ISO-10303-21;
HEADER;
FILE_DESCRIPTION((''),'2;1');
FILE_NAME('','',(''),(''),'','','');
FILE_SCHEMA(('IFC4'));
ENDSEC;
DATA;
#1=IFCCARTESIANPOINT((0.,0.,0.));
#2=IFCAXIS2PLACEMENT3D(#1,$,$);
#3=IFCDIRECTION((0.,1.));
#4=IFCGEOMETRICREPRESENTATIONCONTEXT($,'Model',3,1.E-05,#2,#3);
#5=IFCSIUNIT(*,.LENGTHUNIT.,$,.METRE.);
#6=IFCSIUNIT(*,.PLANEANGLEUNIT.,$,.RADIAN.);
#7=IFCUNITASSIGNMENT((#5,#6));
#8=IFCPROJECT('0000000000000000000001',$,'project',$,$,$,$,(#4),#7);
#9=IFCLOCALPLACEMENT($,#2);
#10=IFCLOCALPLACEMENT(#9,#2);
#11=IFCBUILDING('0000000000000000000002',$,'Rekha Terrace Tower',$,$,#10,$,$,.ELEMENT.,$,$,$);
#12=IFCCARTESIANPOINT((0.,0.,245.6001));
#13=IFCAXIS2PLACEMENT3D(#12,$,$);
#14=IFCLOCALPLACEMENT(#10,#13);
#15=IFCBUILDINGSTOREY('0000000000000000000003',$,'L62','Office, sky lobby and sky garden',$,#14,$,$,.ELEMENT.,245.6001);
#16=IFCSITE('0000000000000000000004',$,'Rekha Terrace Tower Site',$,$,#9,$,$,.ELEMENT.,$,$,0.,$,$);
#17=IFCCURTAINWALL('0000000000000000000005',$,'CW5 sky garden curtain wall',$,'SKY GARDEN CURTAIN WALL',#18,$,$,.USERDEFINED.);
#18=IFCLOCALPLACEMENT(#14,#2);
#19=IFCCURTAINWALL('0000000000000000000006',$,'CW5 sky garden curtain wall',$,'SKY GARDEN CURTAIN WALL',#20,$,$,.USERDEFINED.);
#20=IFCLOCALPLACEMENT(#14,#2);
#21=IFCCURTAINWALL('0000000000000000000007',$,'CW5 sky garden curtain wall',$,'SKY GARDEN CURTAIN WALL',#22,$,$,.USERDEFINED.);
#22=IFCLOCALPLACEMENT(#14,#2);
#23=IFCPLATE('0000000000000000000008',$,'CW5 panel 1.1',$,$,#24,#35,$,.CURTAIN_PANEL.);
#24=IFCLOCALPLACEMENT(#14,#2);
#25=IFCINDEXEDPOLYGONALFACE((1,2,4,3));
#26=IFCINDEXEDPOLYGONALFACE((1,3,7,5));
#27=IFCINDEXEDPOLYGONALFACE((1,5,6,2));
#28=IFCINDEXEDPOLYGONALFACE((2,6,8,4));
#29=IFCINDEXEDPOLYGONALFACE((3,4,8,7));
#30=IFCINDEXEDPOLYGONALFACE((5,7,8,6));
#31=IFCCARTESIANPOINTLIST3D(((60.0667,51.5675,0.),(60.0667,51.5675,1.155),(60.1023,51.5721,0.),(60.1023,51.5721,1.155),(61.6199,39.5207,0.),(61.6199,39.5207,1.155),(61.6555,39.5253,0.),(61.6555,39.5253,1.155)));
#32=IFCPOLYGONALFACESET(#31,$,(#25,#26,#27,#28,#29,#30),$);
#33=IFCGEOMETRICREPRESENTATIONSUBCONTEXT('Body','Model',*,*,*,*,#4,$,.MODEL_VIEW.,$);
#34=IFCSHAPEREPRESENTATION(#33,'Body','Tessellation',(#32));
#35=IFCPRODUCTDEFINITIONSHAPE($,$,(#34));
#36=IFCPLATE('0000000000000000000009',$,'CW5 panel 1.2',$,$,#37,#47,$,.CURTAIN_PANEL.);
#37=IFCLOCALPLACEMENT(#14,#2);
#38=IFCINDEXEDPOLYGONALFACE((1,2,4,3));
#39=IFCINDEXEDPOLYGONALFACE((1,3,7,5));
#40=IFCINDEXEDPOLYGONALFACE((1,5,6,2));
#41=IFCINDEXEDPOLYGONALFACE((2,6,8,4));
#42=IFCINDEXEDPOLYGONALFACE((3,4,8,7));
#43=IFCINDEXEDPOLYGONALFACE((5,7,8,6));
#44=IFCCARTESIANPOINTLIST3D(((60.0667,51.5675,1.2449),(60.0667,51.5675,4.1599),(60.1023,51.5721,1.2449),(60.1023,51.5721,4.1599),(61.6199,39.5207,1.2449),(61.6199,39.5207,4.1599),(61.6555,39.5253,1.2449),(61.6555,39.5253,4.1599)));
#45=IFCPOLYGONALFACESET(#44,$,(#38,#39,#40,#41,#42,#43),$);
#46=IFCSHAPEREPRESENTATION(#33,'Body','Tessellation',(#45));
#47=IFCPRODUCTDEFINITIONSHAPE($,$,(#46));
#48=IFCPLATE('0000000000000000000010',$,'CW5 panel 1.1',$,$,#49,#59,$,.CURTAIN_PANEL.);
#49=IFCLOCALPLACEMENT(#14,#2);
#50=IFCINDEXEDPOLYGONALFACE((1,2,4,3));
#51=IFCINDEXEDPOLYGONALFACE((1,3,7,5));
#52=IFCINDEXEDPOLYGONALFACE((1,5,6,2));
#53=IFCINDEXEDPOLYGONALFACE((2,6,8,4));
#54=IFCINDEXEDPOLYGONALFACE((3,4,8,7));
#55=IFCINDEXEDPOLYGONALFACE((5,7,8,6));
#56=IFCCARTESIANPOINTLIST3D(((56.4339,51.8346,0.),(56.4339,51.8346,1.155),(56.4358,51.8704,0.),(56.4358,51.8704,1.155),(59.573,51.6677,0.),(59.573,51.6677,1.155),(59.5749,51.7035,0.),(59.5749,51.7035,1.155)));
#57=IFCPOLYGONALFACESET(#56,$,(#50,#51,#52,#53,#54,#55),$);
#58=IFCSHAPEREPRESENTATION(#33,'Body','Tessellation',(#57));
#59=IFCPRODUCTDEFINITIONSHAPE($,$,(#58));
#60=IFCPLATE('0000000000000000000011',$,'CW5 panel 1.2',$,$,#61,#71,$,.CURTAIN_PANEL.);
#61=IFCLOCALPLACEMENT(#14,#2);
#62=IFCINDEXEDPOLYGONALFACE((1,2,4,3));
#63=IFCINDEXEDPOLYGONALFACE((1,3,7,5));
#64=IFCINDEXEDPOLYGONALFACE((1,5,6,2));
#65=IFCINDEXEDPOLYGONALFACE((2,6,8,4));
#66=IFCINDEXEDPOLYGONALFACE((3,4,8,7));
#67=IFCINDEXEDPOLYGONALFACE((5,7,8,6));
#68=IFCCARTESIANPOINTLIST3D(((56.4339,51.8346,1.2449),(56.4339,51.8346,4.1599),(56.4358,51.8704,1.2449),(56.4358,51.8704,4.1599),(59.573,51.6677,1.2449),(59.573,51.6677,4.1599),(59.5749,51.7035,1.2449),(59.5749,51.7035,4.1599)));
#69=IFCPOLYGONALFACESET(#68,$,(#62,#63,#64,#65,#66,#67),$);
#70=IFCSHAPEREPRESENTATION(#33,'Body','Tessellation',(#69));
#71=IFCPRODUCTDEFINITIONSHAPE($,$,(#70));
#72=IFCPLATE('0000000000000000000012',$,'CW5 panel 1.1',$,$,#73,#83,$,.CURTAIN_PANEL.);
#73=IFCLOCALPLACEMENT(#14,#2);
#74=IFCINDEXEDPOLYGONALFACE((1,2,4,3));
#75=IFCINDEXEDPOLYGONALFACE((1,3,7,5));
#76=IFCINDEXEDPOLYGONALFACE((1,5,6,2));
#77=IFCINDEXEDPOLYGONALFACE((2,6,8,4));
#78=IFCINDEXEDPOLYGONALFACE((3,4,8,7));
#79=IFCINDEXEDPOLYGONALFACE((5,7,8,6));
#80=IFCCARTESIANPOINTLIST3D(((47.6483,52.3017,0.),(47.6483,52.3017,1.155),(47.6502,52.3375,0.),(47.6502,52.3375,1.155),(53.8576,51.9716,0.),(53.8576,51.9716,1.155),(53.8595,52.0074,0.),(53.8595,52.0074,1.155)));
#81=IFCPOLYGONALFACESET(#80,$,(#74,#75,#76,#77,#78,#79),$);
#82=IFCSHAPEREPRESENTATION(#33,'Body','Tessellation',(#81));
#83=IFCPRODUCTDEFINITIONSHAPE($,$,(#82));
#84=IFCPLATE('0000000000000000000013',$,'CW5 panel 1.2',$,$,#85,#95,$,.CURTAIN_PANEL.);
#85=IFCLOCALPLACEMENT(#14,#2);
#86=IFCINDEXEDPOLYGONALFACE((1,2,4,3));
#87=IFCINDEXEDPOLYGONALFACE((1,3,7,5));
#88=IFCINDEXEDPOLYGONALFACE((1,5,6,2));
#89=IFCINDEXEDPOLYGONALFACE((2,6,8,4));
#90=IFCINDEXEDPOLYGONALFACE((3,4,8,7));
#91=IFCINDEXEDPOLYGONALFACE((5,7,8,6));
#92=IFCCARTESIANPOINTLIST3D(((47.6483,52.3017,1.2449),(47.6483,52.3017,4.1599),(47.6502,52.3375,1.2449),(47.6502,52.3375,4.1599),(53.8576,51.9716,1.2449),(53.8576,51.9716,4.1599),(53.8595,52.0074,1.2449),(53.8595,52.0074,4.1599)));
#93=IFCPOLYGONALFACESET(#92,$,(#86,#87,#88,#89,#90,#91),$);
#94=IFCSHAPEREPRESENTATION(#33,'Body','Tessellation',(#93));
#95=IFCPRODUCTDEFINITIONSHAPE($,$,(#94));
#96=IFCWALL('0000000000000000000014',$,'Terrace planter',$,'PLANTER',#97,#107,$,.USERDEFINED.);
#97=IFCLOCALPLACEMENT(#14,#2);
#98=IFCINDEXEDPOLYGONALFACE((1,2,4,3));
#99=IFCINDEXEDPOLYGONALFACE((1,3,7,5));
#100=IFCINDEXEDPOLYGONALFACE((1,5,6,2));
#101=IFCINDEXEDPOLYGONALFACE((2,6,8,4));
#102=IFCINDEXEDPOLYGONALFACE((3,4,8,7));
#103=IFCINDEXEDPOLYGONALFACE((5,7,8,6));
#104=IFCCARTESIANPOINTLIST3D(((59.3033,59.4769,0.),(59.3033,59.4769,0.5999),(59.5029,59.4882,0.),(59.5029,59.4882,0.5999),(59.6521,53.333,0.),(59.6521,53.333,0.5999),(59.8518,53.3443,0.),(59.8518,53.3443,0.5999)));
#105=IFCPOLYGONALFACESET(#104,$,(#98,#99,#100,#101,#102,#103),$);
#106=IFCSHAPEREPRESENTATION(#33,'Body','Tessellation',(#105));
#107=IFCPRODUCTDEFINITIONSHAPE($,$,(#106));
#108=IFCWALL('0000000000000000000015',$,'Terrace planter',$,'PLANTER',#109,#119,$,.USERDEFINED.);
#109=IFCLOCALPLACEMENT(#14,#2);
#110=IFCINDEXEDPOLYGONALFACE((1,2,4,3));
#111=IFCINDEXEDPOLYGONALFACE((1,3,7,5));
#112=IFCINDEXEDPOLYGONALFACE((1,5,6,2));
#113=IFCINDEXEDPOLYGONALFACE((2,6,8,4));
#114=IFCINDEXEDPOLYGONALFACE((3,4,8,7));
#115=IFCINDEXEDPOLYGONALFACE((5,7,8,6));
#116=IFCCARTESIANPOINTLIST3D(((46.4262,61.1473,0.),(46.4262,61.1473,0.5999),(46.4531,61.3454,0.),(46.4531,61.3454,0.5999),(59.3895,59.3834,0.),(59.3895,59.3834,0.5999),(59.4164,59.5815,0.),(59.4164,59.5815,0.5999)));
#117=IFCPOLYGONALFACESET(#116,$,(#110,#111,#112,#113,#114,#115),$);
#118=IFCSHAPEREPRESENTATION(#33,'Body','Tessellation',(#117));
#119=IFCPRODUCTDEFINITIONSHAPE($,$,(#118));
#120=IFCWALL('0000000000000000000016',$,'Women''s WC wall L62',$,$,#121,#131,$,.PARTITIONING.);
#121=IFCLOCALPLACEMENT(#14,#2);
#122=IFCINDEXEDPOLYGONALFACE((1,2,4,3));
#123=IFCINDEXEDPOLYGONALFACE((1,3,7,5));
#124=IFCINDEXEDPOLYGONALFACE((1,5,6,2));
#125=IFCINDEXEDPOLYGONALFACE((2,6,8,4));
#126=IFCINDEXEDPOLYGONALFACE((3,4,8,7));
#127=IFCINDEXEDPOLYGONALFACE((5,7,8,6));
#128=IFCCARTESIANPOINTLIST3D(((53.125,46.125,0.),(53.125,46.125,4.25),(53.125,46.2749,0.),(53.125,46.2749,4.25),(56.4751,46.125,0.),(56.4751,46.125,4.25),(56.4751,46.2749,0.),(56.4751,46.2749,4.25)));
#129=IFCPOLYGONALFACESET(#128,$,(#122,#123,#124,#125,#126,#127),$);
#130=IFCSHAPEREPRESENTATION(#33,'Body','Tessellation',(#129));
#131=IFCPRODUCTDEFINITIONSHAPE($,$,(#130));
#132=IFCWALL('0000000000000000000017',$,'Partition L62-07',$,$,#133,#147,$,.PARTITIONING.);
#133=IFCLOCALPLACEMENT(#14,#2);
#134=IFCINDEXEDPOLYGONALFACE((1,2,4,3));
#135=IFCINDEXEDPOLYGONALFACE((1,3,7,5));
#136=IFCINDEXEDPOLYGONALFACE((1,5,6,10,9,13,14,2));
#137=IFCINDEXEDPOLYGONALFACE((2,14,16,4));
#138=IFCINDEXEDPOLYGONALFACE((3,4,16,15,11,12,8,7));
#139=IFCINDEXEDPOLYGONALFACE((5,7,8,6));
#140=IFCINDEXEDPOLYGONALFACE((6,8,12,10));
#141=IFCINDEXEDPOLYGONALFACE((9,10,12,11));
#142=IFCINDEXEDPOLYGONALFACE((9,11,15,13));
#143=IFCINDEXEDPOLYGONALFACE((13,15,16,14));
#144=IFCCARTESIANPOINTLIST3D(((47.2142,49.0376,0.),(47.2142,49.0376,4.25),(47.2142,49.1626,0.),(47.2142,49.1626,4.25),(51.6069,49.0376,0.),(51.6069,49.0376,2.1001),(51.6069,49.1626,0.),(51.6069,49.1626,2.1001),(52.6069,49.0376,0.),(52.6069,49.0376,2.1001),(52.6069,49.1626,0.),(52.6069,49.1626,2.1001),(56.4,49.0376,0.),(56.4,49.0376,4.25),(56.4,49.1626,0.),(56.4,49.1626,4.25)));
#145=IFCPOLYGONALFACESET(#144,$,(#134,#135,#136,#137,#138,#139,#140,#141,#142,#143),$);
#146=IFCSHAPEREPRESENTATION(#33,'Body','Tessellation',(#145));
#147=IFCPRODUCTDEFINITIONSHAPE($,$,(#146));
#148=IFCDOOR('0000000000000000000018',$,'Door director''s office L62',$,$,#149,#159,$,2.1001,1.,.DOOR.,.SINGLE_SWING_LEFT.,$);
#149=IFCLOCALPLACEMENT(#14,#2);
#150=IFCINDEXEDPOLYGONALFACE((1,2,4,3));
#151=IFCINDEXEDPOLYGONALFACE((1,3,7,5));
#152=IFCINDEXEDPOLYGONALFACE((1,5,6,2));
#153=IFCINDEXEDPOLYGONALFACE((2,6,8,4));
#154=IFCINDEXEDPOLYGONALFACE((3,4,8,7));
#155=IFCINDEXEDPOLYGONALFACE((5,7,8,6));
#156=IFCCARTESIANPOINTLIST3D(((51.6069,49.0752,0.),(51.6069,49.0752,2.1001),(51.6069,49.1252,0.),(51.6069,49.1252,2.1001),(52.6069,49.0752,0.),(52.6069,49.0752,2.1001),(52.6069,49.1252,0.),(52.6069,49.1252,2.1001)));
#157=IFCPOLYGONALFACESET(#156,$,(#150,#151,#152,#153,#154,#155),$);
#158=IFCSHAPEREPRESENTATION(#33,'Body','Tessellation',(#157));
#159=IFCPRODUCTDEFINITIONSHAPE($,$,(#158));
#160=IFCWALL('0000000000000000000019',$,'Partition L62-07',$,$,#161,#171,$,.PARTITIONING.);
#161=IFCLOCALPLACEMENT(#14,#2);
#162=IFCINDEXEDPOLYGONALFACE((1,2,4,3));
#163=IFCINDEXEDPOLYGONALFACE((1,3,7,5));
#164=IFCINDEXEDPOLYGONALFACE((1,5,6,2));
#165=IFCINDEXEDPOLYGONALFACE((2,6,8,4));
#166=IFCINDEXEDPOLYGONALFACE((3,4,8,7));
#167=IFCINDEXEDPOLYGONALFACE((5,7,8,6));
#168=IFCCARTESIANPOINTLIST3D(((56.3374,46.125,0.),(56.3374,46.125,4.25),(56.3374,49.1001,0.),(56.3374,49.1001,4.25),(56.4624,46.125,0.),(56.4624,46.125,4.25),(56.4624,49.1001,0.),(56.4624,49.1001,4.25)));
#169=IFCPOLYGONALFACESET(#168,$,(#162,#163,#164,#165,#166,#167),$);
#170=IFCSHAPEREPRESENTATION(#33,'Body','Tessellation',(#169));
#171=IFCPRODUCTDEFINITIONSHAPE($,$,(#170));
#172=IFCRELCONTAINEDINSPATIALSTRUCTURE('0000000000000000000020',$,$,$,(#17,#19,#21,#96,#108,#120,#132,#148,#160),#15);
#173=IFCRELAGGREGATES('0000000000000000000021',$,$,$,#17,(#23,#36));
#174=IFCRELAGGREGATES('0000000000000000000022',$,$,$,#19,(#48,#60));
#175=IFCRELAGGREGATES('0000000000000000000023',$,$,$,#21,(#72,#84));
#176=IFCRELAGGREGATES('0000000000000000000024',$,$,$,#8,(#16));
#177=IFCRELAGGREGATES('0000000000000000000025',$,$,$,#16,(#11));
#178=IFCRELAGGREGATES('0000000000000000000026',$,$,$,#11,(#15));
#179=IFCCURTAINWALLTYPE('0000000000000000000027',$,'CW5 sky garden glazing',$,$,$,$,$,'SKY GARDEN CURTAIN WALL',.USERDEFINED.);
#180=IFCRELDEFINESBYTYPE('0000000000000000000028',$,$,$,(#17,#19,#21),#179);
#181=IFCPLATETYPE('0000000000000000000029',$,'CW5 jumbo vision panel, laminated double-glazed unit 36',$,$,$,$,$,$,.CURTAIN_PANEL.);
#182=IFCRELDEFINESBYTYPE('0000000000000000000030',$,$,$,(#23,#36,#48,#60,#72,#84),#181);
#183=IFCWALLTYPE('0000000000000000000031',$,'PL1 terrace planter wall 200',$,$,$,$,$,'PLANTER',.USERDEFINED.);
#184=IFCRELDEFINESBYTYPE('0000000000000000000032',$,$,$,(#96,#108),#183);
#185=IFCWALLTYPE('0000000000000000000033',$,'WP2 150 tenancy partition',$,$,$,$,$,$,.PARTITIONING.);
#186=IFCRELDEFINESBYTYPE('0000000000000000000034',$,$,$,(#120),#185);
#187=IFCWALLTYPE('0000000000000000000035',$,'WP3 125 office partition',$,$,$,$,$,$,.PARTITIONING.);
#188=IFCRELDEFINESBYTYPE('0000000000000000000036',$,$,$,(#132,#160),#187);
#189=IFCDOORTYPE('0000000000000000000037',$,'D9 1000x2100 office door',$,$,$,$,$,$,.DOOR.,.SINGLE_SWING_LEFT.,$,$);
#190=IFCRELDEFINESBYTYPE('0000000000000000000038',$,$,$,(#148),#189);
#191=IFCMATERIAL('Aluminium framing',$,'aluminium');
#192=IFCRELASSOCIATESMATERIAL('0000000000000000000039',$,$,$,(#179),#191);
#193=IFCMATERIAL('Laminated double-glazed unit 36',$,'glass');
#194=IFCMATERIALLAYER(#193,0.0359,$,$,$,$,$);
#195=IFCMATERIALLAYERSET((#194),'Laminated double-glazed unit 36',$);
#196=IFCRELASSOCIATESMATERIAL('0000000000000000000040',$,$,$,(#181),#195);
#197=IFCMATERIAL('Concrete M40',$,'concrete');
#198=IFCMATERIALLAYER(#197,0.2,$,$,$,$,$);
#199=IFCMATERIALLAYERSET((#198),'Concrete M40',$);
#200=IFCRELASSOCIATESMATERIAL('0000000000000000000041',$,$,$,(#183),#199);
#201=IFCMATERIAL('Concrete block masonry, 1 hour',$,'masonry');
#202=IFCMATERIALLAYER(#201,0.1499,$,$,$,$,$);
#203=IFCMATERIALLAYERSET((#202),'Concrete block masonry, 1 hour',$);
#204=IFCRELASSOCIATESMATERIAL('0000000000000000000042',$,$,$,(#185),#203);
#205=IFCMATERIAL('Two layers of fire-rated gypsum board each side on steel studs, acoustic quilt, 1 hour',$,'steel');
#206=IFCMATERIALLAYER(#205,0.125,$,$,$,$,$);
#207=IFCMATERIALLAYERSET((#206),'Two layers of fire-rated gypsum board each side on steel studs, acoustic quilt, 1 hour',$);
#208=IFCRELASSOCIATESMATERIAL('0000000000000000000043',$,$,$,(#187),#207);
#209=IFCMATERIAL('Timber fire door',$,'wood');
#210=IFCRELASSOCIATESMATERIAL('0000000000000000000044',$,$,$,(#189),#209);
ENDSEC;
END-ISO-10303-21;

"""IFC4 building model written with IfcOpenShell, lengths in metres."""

from ifc_helpers import new_model, si_unit, direction, frame, frame_2d, origin, origin_2d, place, context, subcontext, project, spatial, rectangle, extrude, material, layer, layer_set, type_object, element, fill, aggregate, save


model = new_model("IFC4")

# Units and contexts
model_context = context("Model", 3, precision=1e-05, world=origin(), true_north=direction((0.0, 1.0)))
body_context = subcontext(model_context, "Body", "Model", "MODEL_VIEW")
ifc_project = project(units=[si_unit("LENGTHUNIT", "METRE"), si_unit("PLANEANGLEUNIT", "RADIAN")], contexts=[model_context])

# Site, building, storey
site_placement = place(None, origin())
site = spatial("IfcSite", under=ifc_project, at=site_placement, Name="Rekha Terrace Tower Site", CompositionType="ELEMENT", RefElevation=0.0)
building_placement = place(site_placement, origin())
building = spatial("IfcBuilding", under=site, at=building_placement, Name="Rekha Terrace Tower", CompositionType="ELEMENT")
storey_placement = place(building_placement, frame((0.0, 0.0, 245.6001)))
storey = spatial("IfcBuildingStorey", under=building, at=storey_placement, Name="L62", Description="Office, sky lobby and sky garden", CompositionType="ELEMENT", Elevation=245.6001)

# Curtain wall
ifc_material_1 = material(Name="Aluminium framing", Category="aluminium")
curtain_wall_type = type_object("IfcCurtainWallType", Name="CW5 sky garden glazing", ElementType="SKY GARDEN CURTAIN WALL", PredefinedType="USERDEFINED", material=ifc_material_1)
curtain_wall_1_placement = place(storey_placement, origin())
curtain_wall_1 = element("IfcCurtainWall", 1, at=curtain_wall_1_placement, inside=storey, type_object=curtain_wall_type, Name="CW5 sky garden curtain wall", ObjectType="SKY GARDEN CURTAIN WALL", PredefinedType="USERDEFINED")

# Curtain wall
curtain_wall_2_placement = place(storey_placement, origin())
curtain_wall_2 = element("IfcCurtainWall", 2, at=curtain_wall_2_placement, inside=storey, type_object=curtain_wall_type, Name="CW5 sky garden curtain wall", ObjectType="SKY GARDEN CURTAIN WALL", PredefinedType="USERDEFINED")

# Curtain wall
curtain_wall_3_placement = place(storey_placement, origin())
curtain_wall_3 = element("IfcCurtainWall", 3, at=curtain_wall_3_placement, inside=storey, type_object=curtain_wall_type, Name="CW5 sky garden curtain wall", ObjectType="SKY GARDEN CURTAIN WALL", PredefinedType="USERDEFINED")

# Plates
ifc_material_2 = material(Name="Laminated double-glazed unit 36", Category="glass")
ifc_layer_1 = layer(ifc_material_2, 0.0359)
ifc_layer_set_1 = layer_set([ifc_layer_1], Name="Laminated double-glazed unit 36")
plate_type = type_object("IfcPlateType", Name="CW5 jumbo vision panel, laminated double-glazed unit 36", PredefinedType="CURTAIN_PANEL", material=ifc_layer_set_1)
plate_1_placement = place(storey_placement, frame((60.8611, 45.5464, 0.0), z_axis=(0.0, 0.0, 1.0), x_axis=(-0.12787, 0.991791, 0.0)))
plate_1 = element("IfcPlate", 4, at=plate_1_placement, type_object=plate_type, Name="CW5 panel 1.1", PredefinedType="CURTAIN_PANEL", context=body_context, shape_type="SweptSolid", body=[
    extrude(rectangle(XDim=12.1465, YDim=0.0359, at=origin_2d()), origin(), (0.0, 0.0, 1.0), 1.155),
])
plate_2_placement = place(storey_placement, frame((60.8611, 45.5464, 1.2449), z_axis=(0.0, 0.0, 1.0), x_axis=(-0.12787, 0.991791, 0.0)))
plate_2 = element("IfcPlate", 5, at=plate_2_placement, type_object=plate_type, Name="CW5 panel 1.2", PredefinedType="CURTAIN_PANEL", context=body_context, shape_type="SweptSolid", body=[
    extrude(rectangle(XDim=12.1465, YDim=0.0359, at=origin_2d()), origin(), (0.0, 0.0, 1.0), 2.915),
])
aggregate(curtain_wall_1, [plate_1, plate_2])
plate_3_placement = place(storey_placement, frame((58.0044, 51.769, 0.0), z_axis=(0.0, 0.0, 1.0), x_axis=(-0.99859, 0.053083, 0.0)))
plate_3 = element("IfcPlate", 6, at=plate_3_placement, type_object=plate_type, Name="CW5 panel 1.1", PredefinedType="CURTAIN_PANEL", context=body_context, shape_type="SweptSolid", body=[
    extrude(rectangle(XDim=3.1436, YDim=0.0359, at=origin_2d()), origin(), (0.0, 0.0, 1.0), 1.155),
])
plate_4_placement = place(storey_placement, frame((58.0044, 51.769, 1.2449), z_axis=(0.0, 0.0, 1.0), x_axis=(-0.99859, 0.053083, 0.0)))
plate_4 = element("IfcPlate", 7, at=plate_4_placement, type_object=plate_type, Name="CW5 panel 1.2", PredefinedType="CURTAIN_PANEL", context=body_context, shape_type="SweptSolid", body=[
    extrude(rectangle(XDim=3.1436, YDim=0.0359, at=origin_2d()), origin(), (0.0, 0.0, 1.0), 2.915),
])
aggregate(curtain_wall_2, [plate_3, plate_4])
plate_5_placement = place(storey_placement, frame((50.7539, 52.1545, 0.0), z_axis=(0.0, 0.0, 1.0), x_axis=(-0.99859, 0.053083, 0.0)))
plate_5 = element("IfcPlate", 8, at=plate_5_placement, type_object=plate_type, Name="CW5 panel 1.1", PredefinedType="CURTAIN_PANEL", context=body_context, shape_type="SweptSolid", body=[
    extrude(rectangle(XDim=6.218, YDim=0.0359, at=origin_2d()), origin(), (0.0, 0.0, 1.0), 1.155),
])
plate_6_placement = place(storey_placement, frame((50.7539, 52.1545, 1.2449), z_axis=(0.0, 0.0, 1.0), x_axis=(-0.99859, 0.053083, 0.0)))
plate_6 = element("IfcPlate", 9, at=plate_6_placement, type_object=plate_type, Name="CW5 panel 1.2", PredefinedType="CURTAIN_PANEL", context=body_context, shape_type="SweptSolid", body=[
    extrude(rectangle(XDim=6.218, YDim=0.0359, at=origin_2d()), origin(), (0.0, 0.0, 1.0), 2.915),
])
aggregate(curtain_wall_3, [plate_5, plate_6])

# Walls
ifc_material_3 = material(Name="Concrete M40", Category="concrete")
ifc_layer_2 = layer(ifc_material_3, 0.2)
ifc_layer_set_2 = layer_set([ifc_layer_2], Name="Concrete M40")
wall_type_1 = type_object("IfcWallType", Name="PL1 terrace planter wall 200", ElementType="PLANTER", PredefinedType="USERDEFINED", material=ifc_layer_set_2)
wall_1_placement = place(storey_placement, frame((59.752, 53.3386, 0.0), z_axis=(0.0, 0.0, 1.0), x_axis=(-0.056694, 0.998392, 0.0)))
element("IfcWall", 10, at=wall_1_placement, inside=storey, type_object=wall_type_1, Name="Terrace planter", ObjectType="PLANTER", PredefinedType="USERDEFINED", context=body_context, shape_type="SweptSolid", body=[
    extrude(rectangle(XDim=6.1538, YDim=0.2, at=frame_2d((3.0769, 0.0))), origin(), (0.0, 0.0, 1.0), 0.5999),
])
wall_2_placement = place(storey_placement, frame((59.4031, 59.4824, 0.0), z_axis=(0.0, 0.0, 1.0), x_axis=(-0.990869, 0.134827, 0.0)))
element("IfcWall", 11, at=wall_2_placement, inside=storey, type_object=wall_type_1, Name="Terrace planter", ObjectType="PLANTER", PredefinedType="USERDEFINED", context=body_context, shape_type="SweptSolid", body=[
    extrude(rectangle(XDim=13.0828, YDim=0.2, at=frame_2d((6.5415, 0.0))), origin(), (0.0, 0.0, 1.0), 0.5999),
])
ifc_material_4 = material(Name="Concrete block masonry, 1 hour", Category="masonry")
ifc_layer_3 = layer(ifc_material_4, 0.1499)
ifc_layer_set_3 = layer_set([ifc_layer_3], Name="Concrete block masonry, 1 hour")
wall_type_2 = type_object("IfcWallType", Name="WP2 150 tenancy partition", PredefinedType="PARTITIONING", material=ifc_layer_set_3)
wall_3_placement = place(storey_placement, frame((53.125, 46.2, 0.0), z_axis=(0.0, 0.0, 1.0), x_axis=(1.0, 0.0, 0.0)))
element("IfcWall", 12, at=wall_3_placement, inside=storey, type_object=wall_type_2, Name="Women's WC wall L62", PredefinedType="PARTITIONING", context=body_context, shape_type="SweptSolid", body=[
    extrude(rectangle(XDim=3.3501, YDim=0.1499, at=frame_2d((1.675, 0.0))), origin(), (0.0, 0.0, 1.0), 4.25),
])

# Wall, opening, door
ifc_material_5 = material(Name="Two layers of fire-rated gypsum board each side on steel studs, acoustic quilt, 1 hour", Category="steel")
ifc_layer_4 = layer(ifc_material_5, 0.125)
ifc_layer_set_4 = layer_set([ifc_layer_4], Name="Two layers of fire-rated gypsum board each side on steel studs, acoustic quilt, 1 hour")
wall_type_3 = type_object("IfcWallType", Name="WP3 125 office partition", PredefinedType="PARTITIONING", material=ifc_layer_set_4)
wall_4_placement = place(storey_placement, frame((56.3999, 49.1001, 0.0), z_axis=(0.0, 0.0, 1.0), x_axis=(-1.0, 0.0, 0.0)))
wall_4 = element("IfcWall", 13, at=wall_4_placement, inside=storey, type_object=wall_type_3, Name="Partition L62-07", PredefinedType="PARTITIONING", context=body_context, shape_type="SweptSolid", body=[
    extrude(rectangle(XDim=9.1858, YDim=0.125, at=frame_2d((4.5928, 0.0))), origin(), (0.0, 0.0, 1.0), 4.25),
])
opening_1_placement = place(wall_4_placement, frame((3.793, 0.0, 0.0)))
opening_1 = element("IfcOpeningElement", 14, at=opening_1_placement, cuts=wall_4, PredefinedType="OPENING", context=body_context, shape_type="SweptSolid", body=[
    extrude(rectangle(XDim=1.0, YDim=2.1001, at=frame_2d((0.5, 1.05))), frame((0.0, 0.0725, 0.0), z_axis=(0.0, -1.0, 0.0), x_axis=(1.0, 0.0, 0.0)), (0.0, 0.0, 1.0), 0.145),
])
ifc_material_6 = material(Name="Timber fire door", Category="wood")
door_type_1 = type_object("IfcDoorType", Name="D9 1000x2100 office door", OperationType="SINGLE_SWING_LEFT", PredefinedType="DOOR", material=ifc_material_6)
door_1_placement = place(opening_1_placement, origin())
door_1 = element("IfcDoor", 15, at=door_1_placement, inside=storey, type_object=door_type_1, Name="Door director's office L62", OperationType="SINGLE_SWING_LEFT", OverallHeight=2.1001, OverallWidth=1.0, PredefinedType="DOOR", context=body_context, shape_type="SweptSolid", body=[
    extrude(rectangle(XDim=1.0, YDim=2.1001, at=frame_2d((0.5, 1.05))), frame((0.0, 0.0249, 0.0), z_axis=(0.0, -1.0, 0.0), x_axis=(1.0, 0.0, 0.0)), (0.0, 0.0, 1.0), 0.05),
])
fill(opening_1, door_1)

# Wall
wall_5_placement = place(storey_placement, frame((56.3999, 46.125, 0.0), z_axis=(0.0, 0.0, 1.0), x_axis=(0.0, 1.0, 0.0)))
element("IfcWall", 16, at=wall_5_placement, inside=storey, type_object=wall_type_3, Name="Partition L62-07", PredefinedType="PARTITIONING", context=body_context, shape_type="SweptSolid", body=[
    extrude(rectangle(XDim=2.9751, YDim=0.125, at=frame_2d((1.4875, 0.0))), origin(), (0.0, 0.0, 1.0), 4.25),
])

save(model, "model.ifc")
